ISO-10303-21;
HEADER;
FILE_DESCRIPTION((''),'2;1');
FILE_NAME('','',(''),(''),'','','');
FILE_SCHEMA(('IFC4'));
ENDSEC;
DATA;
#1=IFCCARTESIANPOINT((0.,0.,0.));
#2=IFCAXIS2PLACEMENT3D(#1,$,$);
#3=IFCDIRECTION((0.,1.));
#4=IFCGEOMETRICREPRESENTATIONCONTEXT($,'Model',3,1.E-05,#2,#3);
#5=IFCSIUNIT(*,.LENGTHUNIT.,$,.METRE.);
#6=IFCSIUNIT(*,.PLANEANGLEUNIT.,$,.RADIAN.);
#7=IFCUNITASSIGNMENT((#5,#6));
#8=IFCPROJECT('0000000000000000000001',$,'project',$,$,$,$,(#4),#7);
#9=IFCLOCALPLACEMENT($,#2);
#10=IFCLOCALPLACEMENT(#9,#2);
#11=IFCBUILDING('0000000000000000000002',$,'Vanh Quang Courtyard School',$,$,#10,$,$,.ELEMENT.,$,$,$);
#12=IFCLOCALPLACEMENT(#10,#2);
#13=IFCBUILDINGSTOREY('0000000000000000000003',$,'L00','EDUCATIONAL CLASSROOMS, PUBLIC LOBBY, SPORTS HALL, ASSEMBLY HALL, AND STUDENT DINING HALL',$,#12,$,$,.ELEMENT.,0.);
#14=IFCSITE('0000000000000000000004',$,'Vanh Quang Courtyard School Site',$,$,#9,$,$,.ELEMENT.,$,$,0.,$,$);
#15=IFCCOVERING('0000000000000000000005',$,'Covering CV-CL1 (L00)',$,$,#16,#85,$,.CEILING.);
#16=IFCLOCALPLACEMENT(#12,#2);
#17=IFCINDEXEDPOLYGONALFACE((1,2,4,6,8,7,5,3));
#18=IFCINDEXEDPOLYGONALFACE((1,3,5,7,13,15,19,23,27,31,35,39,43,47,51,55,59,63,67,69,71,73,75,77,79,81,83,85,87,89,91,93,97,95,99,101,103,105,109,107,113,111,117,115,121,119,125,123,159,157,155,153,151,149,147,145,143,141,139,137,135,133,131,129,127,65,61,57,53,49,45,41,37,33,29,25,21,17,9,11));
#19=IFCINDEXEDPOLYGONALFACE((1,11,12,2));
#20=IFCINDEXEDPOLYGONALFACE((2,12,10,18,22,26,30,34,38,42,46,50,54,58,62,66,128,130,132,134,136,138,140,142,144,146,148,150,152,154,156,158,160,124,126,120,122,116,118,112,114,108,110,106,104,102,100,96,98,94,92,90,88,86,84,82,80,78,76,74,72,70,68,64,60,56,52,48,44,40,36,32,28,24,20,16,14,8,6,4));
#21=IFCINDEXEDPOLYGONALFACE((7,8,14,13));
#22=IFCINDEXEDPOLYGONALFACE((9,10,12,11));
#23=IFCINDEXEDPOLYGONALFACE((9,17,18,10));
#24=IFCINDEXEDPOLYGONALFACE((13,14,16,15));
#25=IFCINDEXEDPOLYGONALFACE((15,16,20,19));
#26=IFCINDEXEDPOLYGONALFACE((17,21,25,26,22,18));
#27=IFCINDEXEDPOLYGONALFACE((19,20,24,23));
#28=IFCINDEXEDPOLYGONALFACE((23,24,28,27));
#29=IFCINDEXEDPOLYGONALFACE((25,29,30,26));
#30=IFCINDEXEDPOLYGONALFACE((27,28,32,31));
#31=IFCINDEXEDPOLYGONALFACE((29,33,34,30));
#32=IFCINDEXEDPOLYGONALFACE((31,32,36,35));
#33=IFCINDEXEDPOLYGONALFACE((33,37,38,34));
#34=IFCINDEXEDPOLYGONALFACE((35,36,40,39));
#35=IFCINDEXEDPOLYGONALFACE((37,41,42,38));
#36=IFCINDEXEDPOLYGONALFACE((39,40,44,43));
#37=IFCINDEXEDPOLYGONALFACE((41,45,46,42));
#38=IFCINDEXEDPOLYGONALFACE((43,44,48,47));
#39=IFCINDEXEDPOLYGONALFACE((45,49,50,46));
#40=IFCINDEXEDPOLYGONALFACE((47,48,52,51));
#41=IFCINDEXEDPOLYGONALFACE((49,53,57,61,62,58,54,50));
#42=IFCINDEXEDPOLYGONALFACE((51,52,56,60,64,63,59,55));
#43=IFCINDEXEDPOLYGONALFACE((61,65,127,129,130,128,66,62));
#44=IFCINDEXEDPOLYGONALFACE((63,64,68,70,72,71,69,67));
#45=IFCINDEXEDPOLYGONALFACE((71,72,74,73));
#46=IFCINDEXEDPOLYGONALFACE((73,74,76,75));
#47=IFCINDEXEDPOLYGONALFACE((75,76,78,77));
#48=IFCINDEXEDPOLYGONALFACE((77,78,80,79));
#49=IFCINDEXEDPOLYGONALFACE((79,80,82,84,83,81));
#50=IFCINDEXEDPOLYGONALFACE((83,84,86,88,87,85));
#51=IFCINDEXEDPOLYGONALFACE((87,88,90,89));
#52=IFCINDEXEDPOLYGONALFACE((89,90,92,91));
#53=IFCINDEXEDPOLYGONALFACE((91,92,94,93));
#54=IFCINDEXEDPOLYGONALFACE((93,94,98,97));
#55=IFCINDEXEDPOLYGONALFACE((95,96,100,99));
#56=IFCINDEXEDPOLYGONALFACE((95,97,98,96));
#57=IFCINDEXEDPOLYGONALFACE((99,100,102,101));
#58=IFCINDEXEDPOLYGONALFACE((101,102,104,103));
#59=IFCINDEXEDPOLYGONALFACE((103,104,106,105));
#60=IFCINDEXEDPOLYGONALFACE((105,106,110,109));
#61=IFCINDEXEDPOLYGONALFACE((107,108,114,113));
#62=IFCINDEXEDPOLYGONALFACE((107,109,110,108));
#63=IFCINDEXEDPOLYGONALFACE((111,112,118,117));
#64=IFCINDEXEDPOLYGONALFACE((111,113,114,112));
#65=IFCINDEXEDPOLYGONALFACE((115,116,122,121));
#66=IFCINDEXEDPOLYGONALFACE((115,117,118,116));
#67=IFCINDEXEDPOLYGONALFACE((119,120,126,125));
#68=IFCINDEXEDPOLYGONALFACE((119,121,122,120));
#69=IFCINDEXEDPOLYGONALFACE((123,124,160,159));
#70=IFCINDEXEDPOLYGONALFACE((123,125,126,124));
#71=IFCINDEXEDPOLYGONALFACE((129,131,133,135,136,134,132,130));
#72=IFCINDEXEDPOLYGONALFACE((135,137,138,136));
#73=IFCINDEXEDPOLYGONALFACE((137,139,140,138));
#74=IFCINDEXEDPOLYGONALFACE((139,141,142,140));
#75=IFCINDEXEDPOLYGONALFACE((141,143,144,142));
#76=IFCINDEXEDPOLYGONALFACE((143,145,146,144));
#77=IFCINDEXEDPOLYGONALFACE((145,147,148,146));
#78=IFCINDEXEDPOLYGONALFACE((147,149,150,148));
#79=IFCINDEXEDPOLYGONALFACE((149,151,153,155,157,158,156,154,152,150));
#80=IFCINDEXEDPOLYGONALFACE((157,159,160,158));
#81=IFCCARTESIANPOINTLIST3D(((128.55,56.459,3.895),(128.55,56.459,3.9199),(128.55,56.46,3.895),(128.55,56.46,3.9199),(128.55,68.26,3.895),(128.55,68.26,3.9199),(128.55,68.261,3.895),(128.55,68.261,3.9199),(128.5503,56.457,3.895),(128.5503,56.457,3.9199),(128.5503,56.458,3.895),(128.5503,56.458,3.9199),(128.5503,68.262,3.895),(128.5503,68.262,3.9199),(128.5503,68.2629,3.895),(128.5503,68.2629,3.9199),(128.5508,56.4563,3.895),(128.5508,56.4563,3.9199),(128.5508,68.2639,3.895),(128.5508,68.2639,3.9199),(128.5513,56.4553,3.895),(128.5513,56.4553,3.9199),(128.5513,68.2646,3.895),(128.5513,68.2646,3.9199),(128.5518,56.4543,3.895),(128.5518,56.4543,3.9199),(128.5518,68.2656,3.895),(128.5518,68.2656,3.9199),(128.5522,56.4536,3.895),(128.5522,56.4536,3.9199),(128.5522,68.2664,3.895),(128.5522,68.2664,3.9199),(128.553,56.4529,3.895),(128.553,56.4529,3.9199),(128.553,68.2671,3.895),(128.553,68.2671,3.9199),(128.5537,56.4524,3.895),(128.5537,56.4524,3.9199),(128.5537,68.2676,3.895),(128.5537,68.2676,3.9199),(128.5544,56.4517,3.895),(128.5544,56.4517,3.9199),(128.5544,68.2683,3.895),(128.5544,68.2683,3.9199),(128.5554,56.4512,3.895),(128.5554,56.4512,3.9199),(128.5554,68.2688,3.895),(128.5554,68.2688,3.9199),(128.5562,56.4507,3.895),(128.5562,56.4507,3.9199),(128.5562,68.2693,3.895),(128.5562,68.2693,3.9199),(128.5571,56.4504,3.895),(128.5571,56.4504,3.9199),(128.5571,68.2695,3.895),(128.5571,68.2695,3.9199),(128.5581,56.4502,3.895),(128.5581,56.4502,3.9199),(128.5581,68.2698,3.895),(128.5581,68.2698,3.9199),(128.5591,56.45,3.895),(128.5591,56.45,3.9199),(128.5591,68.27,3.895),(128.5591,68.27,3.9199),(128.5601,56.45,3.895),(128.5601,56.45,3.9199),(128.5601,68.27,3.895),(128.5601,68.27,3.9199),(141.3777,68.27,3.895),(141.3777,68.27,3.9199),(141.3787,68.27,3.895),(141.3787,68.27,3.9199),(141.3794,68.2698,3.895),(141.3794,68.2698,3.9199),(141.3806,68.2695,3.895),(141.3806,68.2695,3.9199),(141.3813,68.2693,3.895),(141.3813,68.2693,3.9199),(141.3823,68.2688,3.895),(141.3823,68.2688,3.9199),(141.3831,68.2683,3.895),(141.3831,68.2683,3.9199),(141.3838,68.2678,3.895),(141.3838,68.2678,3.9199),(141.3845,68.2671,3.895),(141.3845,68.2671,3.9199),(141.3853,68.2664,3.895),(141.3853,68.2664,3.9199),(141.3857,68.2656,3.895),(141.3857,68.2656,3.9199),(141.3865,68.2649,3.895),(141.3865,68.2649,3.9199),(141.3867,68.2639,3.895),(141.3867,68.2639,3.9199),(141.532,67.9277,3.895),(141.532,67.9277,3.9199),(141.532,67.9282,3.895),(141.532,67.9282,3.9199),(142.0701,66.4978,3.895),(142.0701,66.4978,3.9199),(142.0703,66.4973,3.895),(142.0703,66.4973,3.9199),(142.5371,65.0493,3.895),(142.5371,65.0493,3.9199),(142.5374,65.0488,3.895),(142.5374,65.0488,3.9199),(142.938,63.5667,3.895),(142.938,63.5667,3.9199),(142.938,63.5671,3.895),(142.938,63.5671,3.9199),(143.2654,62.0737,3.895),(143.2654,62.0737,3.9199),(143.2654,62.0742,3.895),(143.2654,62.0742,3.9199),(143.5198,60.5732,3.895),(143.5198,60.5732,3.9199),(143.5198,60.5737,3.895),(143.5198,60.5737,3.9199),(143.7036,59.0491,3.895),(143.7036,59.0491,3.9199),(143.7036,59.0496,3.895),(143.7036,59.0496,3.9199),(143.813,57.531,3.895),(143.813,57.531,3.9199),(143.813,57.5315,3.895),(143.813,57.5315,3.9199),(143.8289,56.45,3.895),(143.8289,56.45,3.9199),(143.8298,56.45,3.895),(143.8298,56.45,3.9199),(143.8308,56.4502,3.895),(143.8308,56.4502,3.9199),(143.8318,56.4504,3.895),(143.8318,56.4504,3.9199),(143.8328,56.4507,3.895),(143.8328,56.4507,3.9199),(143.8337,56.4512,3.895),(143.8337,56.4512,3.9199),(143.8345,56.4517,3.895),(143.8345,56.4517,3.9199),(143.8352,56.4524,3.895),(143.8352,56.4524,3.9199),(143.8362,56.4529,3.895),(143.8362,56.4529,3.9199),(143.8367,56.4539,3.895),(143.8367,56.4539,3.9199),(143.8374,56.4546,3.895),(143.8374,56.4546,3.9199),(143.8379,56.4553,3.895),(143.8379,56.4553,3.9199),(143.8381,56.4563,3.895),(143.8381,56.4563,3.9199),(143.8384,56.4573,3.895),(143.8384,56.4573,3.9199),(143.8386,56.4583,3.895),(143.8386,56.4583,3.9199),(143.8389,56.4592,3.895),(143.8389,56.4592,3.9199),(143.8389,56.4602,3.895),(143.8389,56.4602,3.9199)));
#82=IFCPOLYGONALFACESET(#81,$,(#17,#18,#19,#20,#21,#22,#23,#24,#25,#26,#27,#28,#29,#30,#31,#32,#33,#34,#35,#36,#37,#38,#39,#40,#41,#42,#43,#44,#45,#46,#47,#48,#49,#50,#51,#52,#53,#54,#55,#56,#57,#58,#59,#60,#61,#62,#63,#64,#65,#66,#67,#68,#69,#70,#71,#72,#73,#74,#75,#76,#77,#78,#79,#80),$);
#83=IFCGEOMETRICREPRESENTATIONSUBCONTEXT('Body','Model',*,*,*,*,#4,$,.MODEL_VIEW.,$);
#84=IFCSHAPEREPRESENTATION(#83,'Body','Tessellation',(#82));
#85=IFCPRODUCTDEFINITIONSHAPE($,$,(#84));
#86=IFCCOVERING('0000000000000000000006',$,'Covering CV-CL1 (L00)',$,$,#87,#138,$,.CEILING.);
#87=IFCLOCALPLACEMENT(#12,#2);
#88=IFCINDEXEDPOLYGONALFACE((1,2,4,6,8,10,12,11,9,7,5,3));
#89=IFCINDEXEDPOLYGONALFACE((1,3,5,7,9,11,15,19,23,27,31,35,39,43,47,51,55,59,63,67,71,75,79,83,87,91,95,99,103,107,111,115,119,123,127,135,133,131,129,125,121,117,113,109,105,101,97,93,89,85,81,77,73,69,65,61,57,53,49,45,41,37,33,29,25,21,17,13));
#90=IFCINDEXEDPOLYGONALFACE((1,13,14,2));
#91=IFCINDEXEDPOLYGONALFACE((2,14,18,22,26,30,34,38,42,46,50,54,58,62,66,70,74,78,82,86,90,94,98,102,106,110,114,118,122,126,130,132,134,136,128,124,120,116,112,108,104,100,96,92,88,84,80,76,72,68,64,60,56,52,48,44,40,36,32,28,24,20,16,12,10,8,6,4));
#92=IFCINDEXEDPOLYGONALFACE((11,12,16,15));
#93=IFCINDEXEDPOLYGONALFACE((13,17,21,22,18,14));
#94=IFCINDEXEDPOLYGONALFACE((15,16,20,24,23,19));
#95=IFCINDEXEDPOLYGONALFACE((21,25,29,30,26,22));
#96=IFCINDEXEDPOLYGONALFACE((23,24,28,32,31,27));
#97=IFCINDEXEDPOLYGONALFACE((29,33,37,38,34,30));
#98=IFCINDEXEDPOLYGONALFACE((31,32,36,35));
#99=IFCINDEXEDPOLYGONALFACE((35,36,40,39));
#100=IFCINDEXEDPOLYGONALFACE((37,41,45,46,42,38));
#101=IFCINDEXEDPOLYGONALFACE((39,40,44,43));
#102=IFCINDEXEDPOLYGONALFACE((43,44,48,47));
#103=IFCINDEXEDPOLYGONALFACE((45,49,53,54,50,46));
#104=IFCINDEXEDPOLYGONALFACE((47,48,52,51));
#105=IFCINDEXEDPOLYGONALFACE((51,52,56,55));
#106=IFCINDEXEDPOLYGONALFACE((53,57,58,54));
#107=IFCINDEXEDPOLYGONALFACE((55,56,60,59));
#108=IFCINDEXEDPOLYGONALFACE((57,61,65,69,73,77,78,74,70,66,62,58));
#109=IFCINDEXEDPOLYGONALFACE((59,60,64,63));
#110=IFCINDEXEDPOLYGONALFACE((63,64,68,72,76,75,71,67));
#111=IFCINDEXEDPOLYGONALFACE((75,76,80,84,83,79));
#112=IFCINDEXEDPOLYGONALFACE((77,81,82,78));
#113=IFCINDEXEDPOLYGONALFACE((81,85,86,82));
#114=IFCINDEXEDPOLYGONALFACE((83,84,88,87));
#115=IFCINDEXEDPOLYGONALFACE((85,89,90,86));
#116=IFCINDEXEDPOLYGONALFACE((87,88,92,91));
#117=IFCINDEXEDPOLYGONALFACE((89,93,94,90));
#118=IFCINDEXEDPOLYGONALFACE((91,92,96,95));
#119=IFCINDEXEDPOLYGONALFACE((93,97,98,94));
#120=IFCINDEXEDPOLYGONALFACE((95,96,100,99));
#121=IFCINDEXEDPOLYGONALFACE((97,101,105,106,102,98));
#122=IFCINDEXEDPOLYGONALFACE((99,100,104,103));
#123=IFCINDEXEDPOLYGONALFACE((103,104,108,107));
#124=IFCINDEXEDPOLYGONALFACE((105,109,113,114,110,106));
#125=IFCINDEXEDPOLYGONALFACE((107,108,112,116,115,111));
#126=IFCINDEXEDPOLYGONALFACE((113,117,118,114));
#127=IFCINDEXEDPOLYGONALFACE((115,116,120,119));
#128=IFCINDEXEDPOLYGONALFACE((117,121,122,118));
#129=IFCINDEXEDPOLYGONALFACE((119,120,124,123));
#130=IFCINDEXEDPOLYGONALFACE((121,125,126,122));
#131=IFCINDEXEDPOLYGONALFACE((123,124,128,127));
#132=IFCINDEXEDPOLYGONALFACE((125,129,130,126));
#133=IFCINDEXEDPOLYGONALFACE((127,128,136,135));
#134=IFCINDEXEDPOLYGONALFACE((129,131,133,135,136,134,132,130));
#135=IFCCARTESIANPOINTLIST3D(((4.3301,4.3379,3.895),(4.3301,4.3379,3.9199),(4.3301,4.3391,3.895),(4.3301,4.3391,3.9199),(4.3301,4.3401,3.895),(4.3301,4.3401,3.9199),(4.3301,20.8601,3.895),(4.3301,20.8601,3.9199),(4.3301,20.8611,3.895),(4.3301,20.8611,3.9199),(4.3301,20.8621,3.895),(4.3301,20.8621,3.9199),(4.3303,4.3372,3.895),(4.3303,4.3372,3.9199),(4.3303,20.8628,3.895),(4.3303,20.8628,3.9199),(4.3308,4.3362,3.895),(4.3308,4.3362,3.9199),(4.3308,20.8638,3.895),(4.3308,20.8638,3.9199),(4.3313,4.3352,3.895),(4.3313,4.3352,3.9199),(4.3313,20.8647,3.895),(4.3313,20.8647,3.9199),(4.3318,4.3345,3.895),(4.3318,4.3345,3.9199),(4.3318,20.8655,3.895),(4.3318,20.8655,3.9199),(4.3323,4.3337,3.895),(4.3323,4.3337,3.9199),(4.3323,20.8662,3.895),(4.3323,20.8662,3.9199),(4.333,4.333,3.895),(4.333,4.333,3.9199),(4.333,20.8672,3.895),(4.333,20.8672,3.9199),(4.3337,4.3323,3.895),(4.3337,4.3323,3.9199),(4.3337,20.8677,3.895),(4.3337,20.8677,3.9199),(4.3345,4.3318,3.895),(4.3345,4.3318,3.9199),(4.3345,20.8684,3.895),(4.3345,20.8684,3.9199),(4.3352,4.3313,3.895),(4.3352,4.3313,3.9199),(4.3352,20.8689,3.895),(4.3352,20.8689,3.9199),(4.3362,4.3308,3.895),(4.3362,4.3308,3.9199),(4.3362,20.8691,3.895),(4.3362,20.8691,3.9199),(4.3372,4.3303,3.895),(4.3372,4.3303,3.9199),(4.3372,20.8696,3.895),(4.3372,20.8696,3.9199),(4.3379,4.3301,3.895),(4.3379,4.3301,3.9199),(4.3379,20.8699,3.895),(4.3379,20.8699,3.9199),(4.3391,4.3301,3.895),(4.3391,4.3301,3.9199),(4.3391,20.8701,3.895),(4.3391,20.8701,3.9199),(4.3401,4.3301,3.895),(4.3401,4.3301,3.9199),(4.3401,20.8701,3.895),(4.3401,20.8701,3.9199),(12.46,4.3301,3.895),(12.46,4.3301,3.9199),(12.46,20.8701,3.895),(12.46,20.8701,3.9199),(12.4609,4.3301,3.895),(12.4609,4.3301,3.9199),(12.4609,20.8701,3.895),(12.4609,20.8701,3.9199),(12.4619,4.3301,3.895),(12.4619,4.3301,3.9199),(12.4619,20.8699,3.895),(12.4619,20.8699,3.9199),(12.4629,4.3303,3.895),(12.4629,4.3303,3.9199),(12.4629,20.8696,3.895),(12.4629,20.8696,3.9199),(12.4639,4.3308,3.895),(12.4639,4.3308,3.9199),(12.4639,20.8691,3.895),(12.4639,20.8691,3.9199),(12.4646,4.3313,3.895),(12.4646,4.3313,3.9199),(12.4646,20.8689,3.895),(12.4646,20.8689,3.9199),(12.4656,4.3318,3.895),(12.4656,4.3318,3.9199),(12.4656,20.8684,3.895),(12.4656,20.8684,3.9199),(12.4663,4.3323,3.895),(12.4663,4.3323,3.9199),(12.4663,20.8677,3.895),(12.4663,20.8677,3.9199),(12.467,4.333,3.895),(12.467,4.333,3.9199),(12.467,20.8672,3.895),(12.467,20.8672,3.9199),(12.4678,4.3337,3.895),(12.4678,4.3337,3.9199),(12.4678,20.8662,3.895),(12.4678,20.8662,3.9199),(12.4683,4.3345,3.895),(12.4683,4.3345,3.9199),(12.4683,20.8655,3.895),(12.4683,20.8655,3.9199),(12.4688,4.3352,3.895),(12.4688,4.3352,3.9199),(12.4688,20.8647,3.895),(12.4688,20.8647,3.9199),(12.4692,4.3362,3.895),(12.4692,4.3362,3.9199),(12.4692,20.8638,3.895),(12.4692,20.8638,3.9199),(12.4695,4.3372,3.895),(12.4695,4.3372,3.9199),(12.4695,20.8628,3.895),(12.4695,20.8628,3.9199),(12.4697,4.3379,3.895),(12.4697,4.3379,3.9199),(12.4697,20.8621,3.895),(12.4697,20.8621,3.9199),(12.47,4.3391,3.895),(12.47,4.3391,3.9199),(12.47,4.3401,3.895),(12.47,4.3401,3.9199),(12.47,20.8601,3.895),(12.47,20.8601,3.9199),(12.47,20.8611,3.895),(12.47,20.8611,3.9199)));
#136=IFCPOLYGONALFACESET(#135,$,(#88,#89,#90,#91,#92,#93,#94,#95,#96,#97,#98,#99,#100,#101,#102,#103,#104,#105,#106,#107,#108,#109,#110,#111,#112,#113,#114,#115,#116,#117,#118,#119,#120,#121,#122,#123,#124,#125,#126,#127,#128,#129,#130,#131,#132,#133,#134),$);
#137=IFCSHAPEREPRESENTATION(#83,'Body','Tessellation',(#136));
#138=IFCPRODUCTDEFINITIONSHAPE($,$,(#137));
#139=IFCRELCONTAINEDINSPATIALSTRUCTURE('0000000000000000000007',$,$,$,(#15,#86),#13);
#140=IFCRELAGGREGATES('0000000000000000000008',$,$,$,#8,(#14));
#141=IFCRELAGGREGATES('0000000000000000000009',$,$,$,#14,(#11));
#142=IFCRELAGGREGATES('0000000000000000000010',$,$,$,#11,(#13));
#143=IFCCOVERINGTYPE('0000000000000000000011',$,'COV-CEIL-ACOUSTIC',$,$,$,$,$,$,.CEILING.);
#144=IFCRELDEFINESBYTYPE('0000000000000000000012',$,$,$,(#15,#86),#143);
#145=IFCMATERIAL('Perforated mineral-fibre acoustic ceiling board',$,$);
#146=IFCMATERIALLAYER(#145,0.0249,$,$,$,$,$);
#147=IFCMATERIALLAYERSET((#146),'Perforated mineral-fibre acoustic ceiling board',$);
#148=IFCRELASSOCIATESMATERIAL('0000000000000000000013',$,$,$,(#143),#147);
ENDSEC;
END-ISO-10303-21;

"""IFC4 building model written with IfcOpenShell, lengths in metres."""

from ifc_helpers import new_model, si_unit, direction, frame, origin, place, context, subcontext, project, spatial, polyline, outline, extrude, material, layer, layer_set, type_object, element, save


model = new_model("IFC4")

# Units and contexts
model_context = context("Model", 3, precision=1e-05, world=origin(), true_north=direction((0.0, 1.0)))
body_context = subcontext(model_context, "Body", "Model", "MODEL_VIEW")
ifc_project = project(units=[si_unit("LENGTHUNIT", "METRE"), si_unit("PLANEANGLEUNIT", "RADIAN")], contexts=[model_context])

# Site, building, storey
site_placement = place(None, origin())
site = spatial("IfcSite", under=ifc_project, at=site_placement, Name="Vanh Quang Courtyard School Site", CompositionType="ELEMENT", RefElevation=0.0)
building_placement = place(site_placement, origin())
building = spatial("IfcBuilding", under=site, at=building_placement, Name="Vanh Quang Courtyard School", CompositionType="ELEMENT")
storey_placement = place(building_placement, origin())
storey = spatial("IfcBuildingStorey", under=building, at=storey_placement, Name="L00", Description="EDUCATIONAL CLASSROOMS, PUBLIC LOBBY, SPORTS HALL, ASSEMBLY HALL, AND STUDENT DINING HALL", CompositionType="ELEMENT", Elevation=0.0)

# Coverings
ifc_material_1 = material(Name="Perforated mineral-fibre acoustic ceiling board")
ifc_layer_1 = layer(ifc_material_1, 0.0249)
ifc_layer_set_1 = layer_set([ifc_layer_1], Name="Perforated mineral-fibre acoustic ceiling board")
covering_type_1 = type_object("IfcCoveringType", Name="COV-CEIL-ACOUSTIC", PredefinedType="CEILING", material=ifc_layer_set_1)
covering_1_placement = place(storey_placement, frame((0.0, 0.0, 3.895)))
element("IfcCovering", 1, at=covering_1_placement, inside=storey, type_object=covering_type_1, Name="Covering CV-CL1 (L00)", PredefinedType="CEILING", context=body_context, shape_type="SweptSolid", body=[
    extrude(outline(polyline([(128.5601, 56.45), (128.5591, 56.45), (128.5581, 56.4502), (128.5571, 56.4504), (128.5562, 56.4507), (128.5554, 56.4512), (128.5544, 56.4517), (128.5537, 56.4524), (128.553, 56.4529), (128.5522, 56.4536), (128.5518, 56.4543), (128.5513, 56.4553), (128.5508, 56.4563), (128.5503, 56.457), (128.5503, 56.458), (128.55, 56.459), (128.55, 56.46), (128.55, 68.26), (128.55, 68.261), (128.5503, 68.262), (128.5503, 68.2629), (128.5508, 68.2639), (128.5513, 68.2646), (128.5518, 68.2656), (128.5522, 68.2664), (128.553, 68.2671), (128.5537, 68.2676), (128.5544, 68.2683), (128.5554, 68.2688), (128.5562, 68.2693), (128.5571, 68.2695), (128.5581, 68.2698), (128.5591, 68.27), (128.5601, 68.27), (141.3777, 68.27), (141.3787, 68.27), (141.3794, 68.2698), (141.3806, 68.2695), (141.3813, 68.2693), (141.3823, 68.2688), (141.3831, 68.2683), (141.3838, 68.2678), (141.3845, 68.2671), (141.3853, 68.2664), (141.3857, 68.2656), (141.3865, 68.2649), (141.3867, 68.2639), (141.532, 67.9282), (141.532, 67.9277), (142.0701, 66.4978), (142.0703, 66.4973), (142.5371, 65.0493), (142.5374, 65.0488), (142.938, 63.5671), (142.938, 63.5667), (143.2654, 62.0742), (143.2654, 62.0737), (143.5198, 60.5737), (143.5198, 60.5732), (143.7036, 59.0496), (143.7036, 59.0491), (143.813, 57.5315), (143.813, 57.531), (143.8389, 56.4602), (143.8389, 56.4592), (143.8386, 56.4583), (143.8384, 56.4573), (143.8381, 56.4563), (143.8379, 56.4553), (143.8374, 56.4546), (143.8367, 56.4539), (143.8362, 56.4529), (143.8352, 56.4524), (143.8345, 56.4517), (143.8337, 56.4512), (143.8328, 56.4507), (143.8318, 56.4504), (143.8308, 56.4502), (143.8298, 56.45), (143.8289, 56.45), (128.5601, 56.45)])), origin(), (0.0, 0.0, 1.0), 0.0249),
])
covering_2_placement = place(storey_placement, frame((0.0, 0.0, 3.895)))
element("IfcCovering", 2, at=covering_2_placement, inside=storey, type_object=covering_type_1, Name="Covering CV-CL1 (L00)", PredefinedType="CEILING", context=body_context, shape_type="SweptSolid", body=[
    extrude(outline(polyline([(4.3301, 20.8601), (4.3301, 20.8611), (4.3301, 20.8621), (4.3303, 20.8628), (4.3308, 20.8638), (4.3313, 20.8647), (4.3318, 20.8655), (4.3323, 20.8662), (4.333, 20.8672), (4.3337, 20.8677), (4.3345, 20.8684), (4.3352, 20.8689), (4.3362, 20.8691), (4.3372, 20.8696), (4.3379, 20.8699), (4.3391, 20.8701), (4.3401, 20.8701), (12.46, 20.8701), (12.4609, 20.8701), (12.4619, 20.8699), (12.4629, 20.8696), (12.4639, 20.8691), (12.4646, 20.8689), (12.4656, 20.8684), (12.4663, 20.8677), (12.467, 20.8672), (12.4678, 20.8662), (12.4683, 20.8655), (12.4688, 20.8647), (12.4692, 20.8638), (12.4695, 20.8628), (12.4697, 20.8621), (12.47, 20.8611), (12.47, 20.8601), (12.47, 4.3401), (12.47, 4.3391), (12.4697, 4.3379), (12.4695, 4.3372), (12.4692, 4.3362), (12.4688, 4.3352), (12.4683, 4.3345), (12.4678, 4.3337), (12.467, 4.333), (12.4663, 4.3323), (12.4656, 4.3318), (12.4646, 4.3313), (12.4639, 4.3308), (12.4629, 4.3303), (12.4619, 4.3301), (12.4609, 4.3301), (12.46, 4.3301), (4.3401, 4.3301), (4.3391, 4.3301), (4.3379, 4.3301), (4.3372, 4.3303), (4.3362, 4.3308), (4.3352, 4.3313), (4.3345, 4.3318), (4.3337, 4.3323), (4.333, 4.333), (4.3323, 4.3337), (4.3318, 4.3345), (4.3313, 4.3352), (4.3308, 4.3362), (4.3303, 4.3372), (4.3301, 4.3379), (4.3301, 4.3391), (4.3301, 4.3401), (4.3301, 20.8601)])), origin(), (0.0, 0.0, 1.0), 0.0249),
])

save(model, "model.ifc")
